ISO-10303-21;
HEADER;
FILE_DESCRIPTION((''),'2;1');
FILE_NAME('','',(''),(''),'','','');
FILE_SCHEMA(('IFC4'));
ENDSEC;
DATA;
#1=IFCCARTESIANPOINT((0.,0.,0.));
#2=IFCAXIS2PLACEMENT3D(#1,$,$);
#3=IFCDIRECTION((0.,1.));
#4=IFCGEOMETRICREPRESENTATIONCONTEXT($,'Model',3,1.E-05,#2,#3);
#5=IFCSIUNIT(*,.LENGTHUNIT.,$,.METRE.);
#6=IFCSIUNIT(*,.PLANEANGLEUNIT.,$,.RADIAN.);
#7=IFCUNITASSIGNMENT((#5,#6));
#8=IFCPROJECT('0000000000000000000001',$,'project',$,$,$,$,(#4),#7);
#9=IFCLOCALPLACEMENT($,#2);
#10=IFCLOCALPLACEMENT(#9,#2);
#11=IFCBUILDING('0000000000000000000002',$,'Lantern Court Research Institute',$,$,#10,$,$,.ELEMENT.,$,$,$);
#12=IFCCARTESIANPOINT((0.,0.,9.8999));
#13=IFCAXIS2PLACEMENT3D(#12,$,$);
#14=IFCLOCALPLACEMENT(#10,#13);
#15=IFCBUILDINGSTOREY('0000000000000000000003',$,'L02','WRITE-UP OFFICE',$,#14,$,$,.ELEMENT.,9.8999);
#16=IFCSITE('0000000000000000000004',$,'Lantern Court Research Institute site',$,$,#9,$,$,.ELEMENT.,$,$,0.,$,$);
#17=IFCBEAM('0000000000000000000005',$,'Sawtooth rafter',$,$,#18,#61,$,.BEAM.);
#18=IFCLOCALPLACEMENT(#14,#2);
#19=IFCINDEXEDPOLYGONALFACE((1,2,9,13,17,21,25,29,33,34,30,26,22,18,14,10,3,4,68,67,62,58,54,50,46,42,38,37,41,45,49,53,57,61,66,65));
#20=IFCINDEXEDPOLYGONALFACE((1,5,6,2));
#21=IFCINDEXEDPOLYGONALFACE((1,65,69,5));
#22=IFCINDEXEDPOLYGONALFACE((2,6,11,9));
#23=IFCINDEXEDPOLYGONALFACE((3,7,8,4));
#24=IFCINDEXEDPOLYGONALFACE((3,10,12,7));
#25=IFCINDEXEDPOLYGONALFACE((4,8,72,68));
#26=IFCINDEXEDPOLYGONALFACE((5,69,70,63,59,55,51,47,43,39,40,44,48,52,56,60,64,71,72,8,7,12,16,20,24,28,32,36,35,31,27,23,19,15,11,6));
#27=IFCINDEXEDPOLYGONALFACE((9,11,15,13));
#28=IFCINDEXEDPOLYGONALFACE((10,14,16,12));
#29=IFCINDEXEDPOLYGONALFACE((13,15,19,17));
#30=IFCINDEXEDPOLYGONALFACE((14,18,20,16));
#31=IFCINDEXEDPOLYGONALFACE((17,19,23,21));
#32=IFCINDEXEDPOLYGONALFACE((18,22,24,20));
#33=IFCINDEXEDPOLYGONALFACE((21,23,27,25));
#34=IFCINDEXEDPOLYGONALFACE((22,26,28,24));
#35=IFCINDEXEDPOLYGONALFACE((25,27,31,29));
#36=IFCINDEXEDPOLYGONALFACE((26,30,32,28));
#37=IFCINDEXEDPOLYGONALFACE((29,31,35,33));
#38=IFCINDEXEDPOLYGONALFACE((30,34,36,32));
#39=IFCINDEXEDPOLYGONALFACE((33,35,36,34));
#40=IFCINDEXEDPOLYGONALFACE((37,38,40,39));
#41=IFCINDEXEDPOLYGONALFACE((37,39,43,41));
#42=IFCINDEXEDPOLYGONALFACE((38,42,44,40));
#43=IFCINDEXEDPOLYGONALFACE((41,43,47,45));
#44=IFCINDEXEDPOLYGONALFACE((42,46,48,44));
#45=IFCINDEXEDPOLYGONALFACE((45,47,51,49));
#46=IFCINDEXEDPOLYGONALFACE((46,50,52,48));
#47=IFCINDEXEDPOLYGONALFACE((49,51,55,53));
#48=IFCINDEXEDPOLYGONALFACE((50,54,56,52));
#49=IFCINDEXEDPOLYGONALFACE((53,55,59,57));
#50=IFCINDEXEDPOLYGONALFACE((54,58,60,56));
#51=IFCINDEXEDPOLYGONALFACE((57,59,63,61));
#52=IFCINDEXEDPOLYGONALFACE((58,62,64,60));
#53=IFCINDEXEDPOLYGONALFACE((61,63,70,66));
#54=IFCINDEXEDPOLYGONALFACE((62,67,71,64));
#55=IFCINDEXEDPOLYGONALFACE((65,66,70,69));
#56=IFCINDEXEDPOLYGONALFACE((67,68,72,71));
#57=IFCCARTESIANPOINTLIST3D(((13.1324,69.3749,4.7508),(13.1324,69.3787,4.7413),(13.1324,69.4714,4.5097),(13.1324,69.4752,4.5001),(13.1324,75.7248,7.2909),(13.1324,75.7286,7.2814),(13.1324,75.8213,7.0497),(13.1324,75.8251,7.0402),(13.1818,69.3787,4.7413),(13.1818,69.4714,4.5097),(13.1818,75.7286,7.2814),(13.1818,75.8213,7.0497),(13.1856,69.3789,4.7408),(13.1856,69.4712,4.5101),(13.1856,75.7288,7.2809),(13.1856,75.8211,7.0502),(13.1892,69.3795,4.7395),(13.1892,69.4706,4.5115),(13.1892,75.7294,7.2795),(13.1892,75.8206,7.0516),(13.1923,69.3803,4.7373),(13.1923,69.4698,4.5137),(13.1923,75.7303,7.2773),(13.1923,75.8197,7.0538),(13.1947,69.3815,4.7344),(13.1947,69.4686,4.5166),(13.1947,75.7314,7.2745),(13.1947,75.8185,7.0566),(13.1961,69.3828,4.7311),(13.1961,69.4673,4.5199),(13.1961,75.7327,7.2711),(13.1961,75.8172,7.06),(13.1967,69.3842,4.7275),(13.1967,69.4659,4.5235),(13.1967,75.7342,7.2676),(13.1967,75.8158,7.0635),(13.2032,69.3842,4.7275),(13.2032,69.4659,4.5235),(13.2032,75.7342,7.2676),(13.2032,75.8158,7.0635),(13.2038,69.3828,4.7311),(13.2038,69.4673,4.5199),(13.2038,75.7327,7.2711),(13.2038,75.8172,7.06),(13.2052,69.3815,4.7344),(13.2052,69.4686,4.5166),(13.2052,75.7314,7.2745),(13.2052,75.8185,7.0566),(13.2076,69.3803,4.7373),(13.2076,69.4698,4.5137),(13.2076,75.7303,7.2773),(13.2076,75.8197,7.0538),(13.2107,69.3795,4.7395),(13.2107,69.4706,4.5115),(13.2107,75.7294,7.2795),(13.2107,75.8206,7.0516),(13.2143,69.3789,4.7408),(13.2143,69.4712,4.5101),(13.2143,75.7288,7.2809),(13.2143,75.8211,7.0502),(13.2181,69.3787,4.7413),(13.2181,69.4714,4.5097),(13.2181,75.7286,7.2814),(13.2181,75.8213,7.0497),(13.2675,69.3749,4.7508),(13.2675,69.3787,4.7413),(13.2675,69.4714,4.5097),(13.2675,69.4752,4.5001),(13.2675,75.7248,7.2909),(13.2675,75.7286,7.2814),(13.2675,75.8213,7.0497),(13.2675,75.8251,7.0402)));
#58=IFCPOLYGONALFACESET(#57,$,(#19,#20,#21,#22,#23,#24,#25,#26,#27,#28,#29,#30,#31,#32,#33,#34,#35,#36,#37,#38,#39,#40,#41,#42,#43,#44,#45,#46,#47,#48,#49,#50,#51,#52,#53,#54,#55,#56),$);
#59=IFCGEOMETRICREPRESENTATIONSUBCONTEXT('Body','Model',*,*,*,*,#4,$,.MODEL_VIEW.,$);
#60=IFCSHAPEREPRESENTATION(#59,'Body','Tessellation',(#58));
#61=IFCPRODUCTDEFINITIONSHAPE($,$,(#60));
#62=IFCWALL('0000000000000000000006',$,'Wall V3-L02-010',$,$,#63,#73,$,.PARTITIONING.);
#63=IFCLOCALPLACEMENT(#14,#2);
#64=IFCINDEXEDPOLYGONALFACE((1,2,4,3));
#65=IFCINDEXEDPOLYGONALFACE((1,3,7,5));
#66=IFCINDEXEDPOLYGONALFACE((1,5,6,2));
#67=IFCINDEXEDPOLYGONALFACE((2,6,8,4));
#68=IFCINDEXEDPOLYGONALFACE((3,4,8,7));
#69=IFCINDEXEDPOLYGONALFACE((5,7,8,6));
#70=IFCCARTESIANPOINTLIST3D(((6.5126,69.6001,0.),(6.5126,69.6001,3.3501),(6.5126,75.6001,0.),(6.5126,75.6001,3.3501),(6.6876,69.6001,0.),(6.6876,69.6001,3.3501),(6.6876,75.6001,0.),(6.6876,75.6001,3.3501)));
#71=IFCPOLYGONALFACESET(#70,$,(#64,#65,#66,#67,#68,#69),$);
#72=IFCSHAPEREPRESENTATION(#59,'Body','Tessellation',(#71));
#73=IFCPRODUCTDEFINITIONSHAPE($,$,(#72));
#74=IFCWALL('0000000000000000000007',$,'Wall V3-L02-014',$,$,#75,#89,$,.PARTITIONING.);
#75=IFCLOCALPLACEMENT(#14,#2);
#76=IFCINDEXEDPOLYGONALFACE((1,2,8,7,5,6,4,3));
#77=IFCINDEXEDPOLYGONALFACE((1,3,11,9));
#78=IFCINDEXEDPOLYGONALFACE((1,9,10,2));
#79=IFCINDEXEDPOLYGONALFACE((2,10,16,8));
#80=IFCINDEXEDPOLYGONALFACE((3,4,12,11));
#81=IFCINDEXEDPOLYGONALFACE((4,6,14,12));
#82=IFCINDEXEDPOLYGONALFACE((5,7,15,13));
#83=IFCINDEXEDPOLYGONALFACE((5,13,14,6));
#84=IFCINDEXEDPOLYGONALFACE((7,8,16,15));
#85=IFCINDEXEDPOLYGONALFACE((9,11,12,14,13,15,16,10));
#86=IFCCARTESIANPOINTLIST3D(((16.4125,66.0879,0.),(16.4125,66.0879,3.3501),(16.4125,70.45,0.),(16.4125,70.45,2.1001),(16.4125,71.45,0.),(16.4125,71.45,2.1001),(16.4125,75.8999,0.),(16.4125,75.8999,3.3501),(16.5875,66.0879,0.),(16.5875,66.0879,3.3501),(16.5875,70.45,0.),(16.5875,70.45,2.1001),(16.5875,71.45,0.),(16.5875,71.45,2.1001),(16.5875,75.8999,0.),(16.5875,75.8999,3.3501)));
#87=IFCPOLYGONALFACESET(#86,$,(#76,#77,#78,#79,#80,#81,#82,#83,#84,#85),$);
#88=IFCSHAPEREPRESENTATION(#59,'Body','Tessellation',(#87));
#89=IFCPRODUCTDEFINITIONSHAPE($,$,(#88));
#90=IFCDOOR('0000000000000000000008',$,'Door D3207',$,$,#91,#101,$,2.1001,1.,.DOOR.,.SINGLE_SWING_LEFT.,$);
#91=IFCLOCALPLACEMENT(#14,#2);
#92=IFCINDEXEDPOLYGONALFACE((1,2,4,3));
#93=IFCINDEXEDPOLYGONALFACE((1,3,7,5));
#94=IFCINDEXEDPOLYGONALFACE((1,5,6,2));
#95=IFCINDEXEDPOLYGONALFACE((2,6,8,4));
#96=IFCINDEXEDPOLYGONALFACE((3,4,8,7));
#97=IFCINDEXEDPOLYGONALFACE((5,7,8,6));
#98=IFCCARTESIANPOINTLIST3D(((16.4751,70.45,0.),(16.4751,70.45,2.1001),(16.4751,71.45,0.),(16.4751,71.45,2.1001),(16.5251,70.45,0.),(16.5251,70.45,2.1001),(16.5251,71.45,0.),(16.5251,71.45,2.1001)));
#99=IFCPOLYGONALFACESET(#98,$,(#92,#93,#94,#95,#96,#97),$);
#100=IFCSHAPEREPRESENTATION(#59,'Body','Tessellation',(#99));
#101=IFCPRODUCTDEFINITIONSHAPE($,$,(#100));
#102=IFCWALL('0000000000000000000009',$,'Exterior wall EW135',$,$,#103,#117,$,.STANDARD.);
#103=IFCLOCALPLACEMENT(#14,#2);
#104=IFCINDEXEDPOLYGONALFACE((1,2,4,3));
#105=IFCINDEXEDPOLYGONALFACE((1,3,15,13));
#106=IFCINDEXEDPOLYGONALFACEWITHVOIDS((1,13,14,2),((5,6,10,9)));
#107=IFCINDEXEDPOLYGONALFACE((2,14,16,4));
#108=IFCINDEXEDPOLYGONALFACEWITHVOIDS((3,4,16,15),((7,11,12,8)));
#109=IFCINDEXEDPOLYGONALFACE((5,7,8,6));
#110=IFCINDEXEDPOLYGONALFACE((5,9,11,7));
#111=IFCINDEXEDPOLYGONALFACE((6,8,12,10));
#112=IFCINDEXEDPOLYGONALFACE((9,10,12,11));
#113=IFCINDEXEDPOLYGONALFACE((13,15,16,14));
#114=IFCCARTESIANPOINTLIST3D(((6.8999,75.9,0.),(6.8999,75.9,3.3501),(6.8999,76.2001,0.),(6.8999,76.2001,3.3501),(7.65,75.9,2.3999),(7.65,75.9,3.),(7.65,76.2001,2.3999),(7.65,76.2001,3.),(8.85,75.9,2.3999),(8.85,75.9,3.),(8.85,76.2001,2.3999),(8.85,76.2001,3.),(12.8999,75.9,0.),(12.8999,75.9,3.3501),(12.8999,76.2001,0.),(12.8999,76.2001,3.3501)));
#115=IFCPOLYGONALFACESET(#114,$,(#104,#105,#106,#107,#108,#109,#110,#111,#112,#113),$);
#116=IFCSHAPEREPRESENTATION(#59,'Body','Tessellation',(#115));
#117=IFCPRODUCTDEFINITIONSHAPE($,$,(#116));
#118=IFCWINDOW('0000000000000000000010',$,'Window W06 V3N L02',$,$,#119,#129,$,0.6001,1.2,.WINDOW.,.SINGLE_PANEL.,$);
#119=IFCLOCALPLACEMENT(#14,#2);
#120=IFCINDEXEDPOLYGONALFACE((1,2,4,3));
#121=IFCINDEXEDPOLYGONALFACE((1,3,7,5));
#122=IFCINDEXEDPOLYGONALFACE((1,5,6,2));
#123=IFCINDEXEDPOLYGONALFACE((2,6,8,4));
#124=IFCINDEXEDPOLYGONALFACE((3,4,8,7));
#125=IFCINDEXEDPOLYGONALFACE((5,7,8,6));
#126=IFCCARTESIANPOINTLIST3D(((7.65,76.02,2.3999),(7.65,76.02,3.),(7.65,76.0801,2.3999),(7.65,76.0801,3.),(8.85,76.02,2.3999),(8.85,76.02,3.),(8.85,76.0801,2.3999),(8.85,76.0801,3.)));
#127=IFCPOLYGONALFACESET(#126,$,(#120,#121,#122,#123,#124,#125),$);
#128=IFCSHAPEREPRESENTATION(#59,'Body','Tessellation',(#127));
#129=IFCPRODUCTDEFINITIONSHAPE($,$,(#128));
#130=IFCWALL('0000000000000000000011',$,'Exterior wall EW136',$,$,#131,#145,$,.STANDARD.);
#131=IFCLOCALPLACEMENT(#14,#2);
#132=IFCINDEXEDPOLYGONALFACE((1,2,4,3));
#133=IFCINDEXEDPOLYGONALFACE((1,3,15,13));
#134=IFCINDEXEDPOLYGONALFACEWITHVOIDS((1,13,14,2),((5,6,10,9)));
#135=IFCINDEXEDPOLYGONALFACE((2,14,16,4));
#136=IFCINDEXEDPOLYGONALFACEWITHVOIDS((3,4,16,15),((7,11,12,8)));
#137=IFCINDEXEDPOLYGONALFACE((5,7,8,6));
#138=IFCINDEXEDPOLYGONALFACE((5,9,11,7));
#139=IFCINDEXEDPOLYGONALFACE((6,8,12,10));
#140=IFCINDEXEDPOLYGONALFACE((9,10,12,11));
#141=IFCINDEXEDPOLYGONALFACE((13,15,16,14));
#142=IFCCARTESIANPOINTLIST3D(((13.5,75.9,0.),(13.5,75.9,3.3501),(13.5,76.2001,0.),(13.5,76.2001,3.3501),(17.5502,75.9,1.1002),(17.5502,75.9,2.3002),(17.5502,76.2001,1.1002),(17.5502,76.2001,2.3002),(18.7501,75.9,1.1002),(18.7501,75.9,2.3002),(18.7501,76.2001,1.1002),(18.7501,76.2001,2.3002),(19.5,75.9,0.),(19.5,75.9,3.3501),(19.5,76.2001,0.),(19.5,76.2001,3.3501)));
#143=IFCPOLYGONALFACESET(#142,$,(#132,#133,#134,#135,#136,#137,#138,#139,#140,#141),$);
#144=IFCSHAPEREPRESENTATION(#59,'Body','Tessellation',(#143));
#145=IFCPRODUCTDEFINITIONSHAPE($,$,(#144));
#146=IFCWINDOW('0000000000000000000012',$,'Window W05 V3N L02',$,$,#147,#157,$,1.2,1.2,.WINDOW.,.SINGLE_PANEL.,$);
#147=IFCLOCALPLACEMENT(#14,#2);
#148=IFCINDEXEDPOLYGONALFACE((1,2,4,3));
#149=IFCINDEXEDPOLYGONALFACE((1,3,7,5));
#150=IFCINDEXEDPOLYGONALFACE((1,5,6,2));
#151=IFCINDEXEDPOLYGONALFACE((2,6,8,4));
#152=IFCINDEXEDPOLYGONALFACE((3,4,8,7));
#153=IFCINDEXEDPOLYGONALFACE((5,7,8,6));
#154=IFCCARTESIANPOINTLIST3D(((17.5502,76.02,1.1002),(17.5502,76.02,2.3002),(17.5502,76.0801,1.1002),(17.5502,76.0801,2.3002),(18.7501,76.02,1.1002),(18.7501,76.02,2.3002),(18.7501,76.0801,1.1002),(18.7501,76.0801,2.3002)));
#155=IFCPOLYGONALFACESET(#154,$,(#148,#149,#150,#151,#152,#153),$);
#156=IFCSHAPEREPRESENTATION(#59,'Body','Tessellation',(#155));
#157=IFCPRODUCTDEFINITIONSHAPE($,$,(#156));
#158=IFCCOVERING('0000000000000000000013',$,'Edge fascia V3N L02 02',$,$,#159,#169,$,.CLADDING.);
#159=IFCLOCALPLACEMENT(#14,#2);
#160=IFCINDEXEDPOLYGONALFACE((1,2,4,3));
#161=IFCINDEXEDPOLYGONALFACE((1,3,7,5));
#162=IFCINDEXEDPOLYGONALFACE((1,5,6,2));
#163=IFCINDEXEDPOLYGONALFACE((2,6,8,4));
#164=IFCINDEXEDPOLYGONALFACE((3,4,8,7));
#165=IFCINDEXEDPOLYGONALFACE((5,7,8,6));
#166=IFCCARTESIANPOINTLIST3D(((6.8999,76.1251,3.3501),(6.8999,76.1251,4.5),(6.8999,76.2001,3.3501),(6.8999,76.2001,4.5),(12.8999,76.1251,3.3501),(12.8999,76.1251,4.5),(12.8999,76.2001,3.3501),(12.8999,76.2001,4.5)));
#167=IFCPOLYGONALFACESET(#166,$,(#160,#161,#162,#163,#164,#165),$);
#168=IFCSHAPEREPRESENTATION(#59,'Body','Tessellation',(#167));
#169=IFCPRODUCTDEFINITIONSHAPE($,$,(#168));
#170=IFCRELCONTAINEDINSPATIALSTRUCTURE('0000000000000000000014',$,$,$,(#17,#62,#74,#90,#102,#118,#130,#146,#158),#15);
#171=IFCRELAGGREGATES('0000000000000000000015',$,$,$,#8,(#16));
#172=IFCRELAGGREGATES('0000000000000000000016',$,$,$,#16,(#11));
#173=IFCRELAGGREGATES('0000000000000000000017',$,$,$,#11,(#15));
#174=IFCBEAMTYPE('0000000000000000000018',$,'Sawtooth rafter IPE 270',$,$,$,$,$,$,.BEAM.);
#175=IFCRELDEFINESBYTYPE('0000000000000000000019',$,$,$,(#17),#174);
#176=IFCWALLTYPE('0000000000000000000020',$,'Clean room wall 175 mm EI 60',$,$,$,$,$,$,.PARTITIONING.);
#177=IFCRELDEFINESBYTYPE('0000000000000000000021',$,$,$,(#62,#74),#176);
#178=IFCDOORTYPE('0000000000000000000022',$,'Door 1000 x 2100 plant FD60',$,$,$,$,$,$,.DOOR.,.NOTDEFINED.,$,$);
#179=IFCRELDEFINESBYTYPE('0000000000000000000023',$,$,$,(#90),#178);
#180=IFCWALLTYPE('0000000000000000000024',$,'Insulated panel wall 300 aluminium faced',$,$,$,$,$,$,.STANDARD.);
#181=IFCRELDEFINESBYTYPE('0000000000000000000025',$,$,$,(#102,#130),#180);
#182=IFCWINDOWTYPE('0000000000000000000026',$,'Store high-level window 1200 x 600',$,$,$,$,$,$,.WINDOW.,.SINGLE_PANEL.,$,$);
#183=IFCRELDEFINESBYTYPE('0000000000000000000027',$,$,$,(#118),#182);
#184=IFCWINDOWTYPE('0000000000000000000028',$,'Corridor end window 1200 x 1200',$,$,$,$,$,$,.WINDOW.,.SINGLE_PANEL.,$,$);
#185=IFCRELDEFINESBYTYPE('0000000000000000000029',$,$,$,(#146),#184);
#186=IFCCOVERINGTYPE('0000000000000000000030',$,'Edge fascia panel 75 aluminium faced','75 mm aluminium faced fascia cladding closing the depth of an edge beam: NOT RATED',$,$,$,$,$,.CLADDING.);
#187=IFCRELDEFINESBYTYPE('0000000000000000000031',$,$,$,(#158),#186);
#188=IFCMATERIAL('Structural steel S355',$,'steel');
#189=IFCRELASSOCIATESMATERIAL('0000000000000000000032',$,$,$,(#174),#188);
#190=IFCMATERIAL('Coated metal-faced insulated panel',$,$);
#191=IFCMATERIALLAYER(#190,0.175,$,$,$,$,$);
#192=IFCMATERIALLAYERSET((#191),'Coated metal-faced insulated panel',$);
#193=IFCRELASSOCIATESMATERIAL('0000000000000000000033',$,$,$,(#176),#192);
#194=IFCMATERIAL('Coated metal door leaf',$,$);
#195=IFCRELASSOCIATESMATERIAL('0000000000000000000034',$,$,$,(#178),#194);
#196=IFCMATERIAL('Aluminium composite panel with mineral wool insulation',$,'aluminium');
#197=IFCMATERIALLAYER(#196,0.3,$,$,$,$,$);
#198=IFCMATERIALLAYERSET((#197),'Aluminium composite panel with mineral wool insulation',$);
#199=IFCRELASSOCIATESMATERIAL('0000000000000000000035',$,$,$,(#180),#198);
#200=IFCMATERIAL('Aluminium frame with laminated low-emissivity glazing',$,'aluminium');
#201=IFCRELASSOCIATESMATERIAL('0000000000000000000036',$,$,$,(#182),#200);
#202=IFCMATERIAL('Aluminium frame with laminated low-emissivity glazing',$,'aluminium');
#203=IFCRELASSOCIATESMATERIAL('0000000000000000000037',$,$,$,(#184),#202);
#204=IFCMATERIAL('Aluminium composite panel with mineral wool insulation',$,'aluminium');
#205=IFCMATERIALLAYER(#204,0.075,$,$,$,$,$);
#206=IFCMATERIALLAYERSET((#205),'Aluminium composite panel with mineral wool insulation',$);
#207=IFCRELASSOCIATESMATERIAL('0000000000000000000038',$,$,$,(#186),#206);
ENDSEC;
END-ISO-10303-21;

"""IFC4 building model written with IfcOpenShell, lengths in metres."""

from ifc_helpers import new_model, si_unit, direction, frame, frame_2d, origin, origin_2d, place, context, subcontext, project, spatial, rectangle, i_section, extrude, material, layer, layer_set, material_profile, profile_set, type_object, element, fill, save


model = new_model("IFC4")

# Units and contexts
model_context = context("Model", 3, precision=1e-05, world=origin(), true_north=direction((0.0, 1.0)))
body_context = subcontext(model_context, "Body", "Model", "MODEL_VIEW")
ifc_project = project(units=[si_unit("LENGTHUNIT", "METRE"), si_unit("PLANEANGLEUNIT", "RADIAN")], contexts=[model_context])

# Site, building, storey
site_placement = place(None, origin())
site = spatial("IfcSite", under=ifc_project, at=site_placement, Name="Lantern Court Research Institute site", CompositionType="ELEMENT", RefElevation=0.0)
building_placement = place(site_placement, origin())
building = spatial("IfcBuilding", under=site, at=building_placement, Name="Lantern Court Research Institute", CompositionType="ELEMENT")
storey_placement = place(building_placement, frame((0.0, 0.0, 9.8999)))
storey = spatial("IfcBuildingStorey", under=building, at=storey_placement, Name="L02", Description="WRITE-UP OFFICE", CompositionType="ELEMENT", Elevation=9.8999)

# Beam
ifc_material_1 = material(Name="Structural steel S355", Category="steel")
ifc_material_profile_1 = material_profile(ifc_material_1, i_section(OverallWidth=0.135, OverallDepth=0.27, WebThickness=0.0066, FlangeThickness=0.0103, FilletRadius=0.0149, at=origin_2d()), Name="IPE 270")
ifc_profile_set_1 = profile_set([ifc_material_profile_1], Name="Structural steel S355")
beam_type_1 = type_object("IfcBeamType", Name="Sawtooth rafter IPE 270", PredefinedType="BEAM", material=ifc_profile_set_1)
for number, where, z_axis, x_axis, name in (
    (1, (13.2, 69.425, 4.6255), (0.0, 0.928472, 0.371403), (-1.0, 0.0, 0.0), "Sawtooth rafter"),
):
    element("IfcBeam", number, at=place(storey_placement, frame(where, z_axis=z_axis, x_axis=x_axis)), inside=storey, type_object=beam_type_1, Name=name, PredefinedType="BEAM", context=body_context, shape_type="SweptSolid", body=[
        extrude(i_section(OverallWidth=0.135, OverallDepth=0.27, WebThickness=0.0066, FlangeThickness=0.0103, FilletRadius=0.0149, at=origin_2d()), origin(), (0.0, 0.0, 1.0), 6.8391),
    ])

# Wall
ifc_material_2 = material(Name="Coated metal-faced insulated panel")
ifc_layer_1 = layer(ifc_material_2, 0.175)
ifc_layer_set_1 = layer_set([ifc_layer_1], Name="Coated metal-faced insulated panel")
wall_type_1 = type_object("IfcWallType", Name="Clean room wall 175 mm EI 60", PredefinedType="PARTITIONING", material=ifc_layer_set_1)
wall_1_placement = place(storey_placement, frame((6.6001, 69.6001, 0.0), z_axis=(0.0, 0.0, 1.0), x_axis=(0.0, 1.0, 0.0)))
element("IfcWall", 2, at=wall_1_placement, inside=storey, type_object=wall_type_1, Name="Wall V3-L02-010", PredefinedType="PARTITIONING", context=body_context, shape_type="SweptSolid", body=[
    extrude(rectangle(XDim=6.0, YDim=0.175, at=frame_2d((3.0, 0.0))), origin(), (0.0, 0.0, 1.0), 3.3501),
])

# Wall, opening, door
wall_2_placement = place(storey_placement, frame((16.5, 66.0879, 0.0), z_axis=(0.0, 0.0, 1.0), x_axis=(0.0, 1.0, 0.0)))
wall_2 = element("IfcWall", 3, at=wall_2_placement, inside=storey, type_object=wall_type_1, Name="Wall V3-L02-014", PredefinedType="PARTITIONING", context=body_context, shape_type="SweptSolid", body=[
    extrude(rectangle(XDim=9.812, YDim=0.175, at=frame_2d((4.906, 0.0))), origin(), (0.0, 0.0, 1.0), 3.3501),
])
opening_1_placement = place(wall_2_placement, frame((4.3621, 0.0, 0.0)))
opening_1 = element("IfcOpeningElement", 4, at=opening_1_placement, cuts=wall_2, PredefinedType="OPENING", context=body_context, shape_type="SweptSolid", body=[
    extrude(rectangle(XDim=1.0, YDim=2.1001, at=frame_2d((0.5, 1.05))), frame((0.0, 0.0974, 0.0), z_axis=(0.0, -1.0, 0.0), x_axis=(1.0, 0.0, 0.0)), (0.0, 0.0, 1.0), 0.1951),
])
ifc_material_3 = material(Name="Coated metal door leaf")
door_type = type_object("IfcDoorType", Name="Door 1000 x 2100 plant FD60", OperationType="NOTDEFINED", PredefinedType="DOOR", material=ifc_material_3)
door_placement = place(opening_1_placement, origin())
door = element("IfcDoor", 5, at=door_placement, inside=storey, type_object=door_type, Name="Door D3207", OperationType="SINGLE_SWING_LEFT", OverallHeight=2.1001, OverallWidth=1.0, PredefinedType="DOOR", context=body_context, shape_type="SweptSolid", body=[
    extrude(rectangle(XDim=1.0, YDim=2.1001, at=frame_2d((0.5, 1.05))), frame((0.0, 0.0249, 0.0), z_axis=(0.0, -1.0, 0.0), x_axis=(1.0, 0.0, 0.0)), (0.0, 0.0, 1.0), 0.05),
])
fill(opening_1, door)

# Walls, openings, windows
ifc_material_4 = material(Name="Aluminium composite panel with mineral wool insulation", Category="aluminium")
ifc_layer_2 = layer(ifc_material_4, 0.3)
ifc_layer_set_2 = layer_set([ifc_layer_2], Name="Aluminium composite panel with mineral wool insulation")
wall_type_2 = type_object("IfcWallType", Name="Insulated panel wall 300 aluminium faced", PredefinedType="STANDARD", material=ifc_layer_set_2)
wall_3_placement = place(storey_placement, frame((6.8999, 76.05, 0.0), z_axis=(0.0, 0.0, 1.0), x_axis=(1.0, 0.0, 0.0)))
wall_3 = element("IfcWall", 6, at=wall_3_placement, inside=storey, type_object=wall_type_2, Name="Exterior wall EW135", PredefinedType="STANDARD", context=body_context, shape_type="SweptSolid", body=[
    extrude(rectangle(XDim=6.0, YDim=0.3, at=frame_2d((3.0, 0.0))), origin(), (0.0, 0.0, 1.0), 3.3501),
])
opening_2_placement = place(wall_3_placement, frame((0.75, 0.0, 2.3999)))
opening_2 = element("IfcOpeningElement", 7, at=opening_2_placement, cuts=wall_3, PredefinedType="OPENING", context=body_context, shape_type="SweptSolid", body=[
    extrude(rectangle(XDim=1.2, YDim=0.6001, at=frame_2d((0.6001, 0.3))), frame((0.0, 0.1599, 0.0), z_axis=(0.0, -1.0, 0.0), x_axis=(1.0, 0.0, 0.0)), (0.0, 0.0, 1.0), 0.3201),
])
ifc_material_5 = material(Name="Aluminium frame with laminated low-emissivity glazing", Category="aluminium")
window_type_1 = type_object("IfcWindowType", Name="Store high-level window 1200 x 600", PartitioningType="SINGLE_PANEL", PredefinedType="WINDOW", material=ifc_material_5)
window_1_placement = place(opening_2_placement, origin())
window_1 = element("IfcWindow", 8, at=window_1_placement, inside=storey, type_object=window_type_1, Name="Window W06 V3N L02", OverallHeight=0.6001, OverallWidth=1.2, PartitioningType="SINGLE_PANEL", PredefinedType="WINDOW", context=body_context, shape_type="SweptSolid", body=[
    extrude(rectangle(XDim=1.2, YDim=0.6001, at=frame_2d((0.6001, 0.3))), frame((0.0, 0.03, 0.0), z_axis=(0.0, -1.0, 0.0), x_axis=(1.0, 0.0, 0.0)), (0.0, 0.0, 1.0), 0.0601),
])
fill(opening_2, window_1)
wall_4_placement = place(storey_placement, frame((13.5, 76.05, 0.0), z_axis=(0.0, 0.0, 1.0), x_axis=(1.0, 0.0, 0.0)))
wall_4 = element("IfcWall", 9, at=wall_4_placement, inside=storey, type_object=wall_type_2, Name="Exterior wall EW136", PredefinedType="STANDARD", context=body_context, shape_type="SweptSolid", body=[
    extrude(rectangle(XDim=6.0, YDim=0.3, at=frame_2d((3.0, 0.0))), origin(), (0.0, 0.0, 1.0), 3.3501),
])
opening_3_placement = place(wall_4_placement, frame((4.05, 0.0, 1.1001)))
opening_3 = element("IfcOpeningElement", 10, at=opening_3_placement, cuts=wall_4, PredefinedType="OPENING", context=body_context, shape_type="SweptSolid", body=[
    extrude(rectangle(XDim=1.2, YDim=1.2, at=frame_2d((0.6001, 0.6001))), frame((0.0, 0.1599, 0.0), z_axis=(0.0, -1.0, 0.0), x_axis=(1.0, 0.0, 0.0)), (0.0, 0.0, 1.0), 0.3201),
])
ifc_material_6 = material(Name="Aluminium frame with laminated low-emissivity glazing", Category="aluminium")
window_type_2 = type_object("IfcWindowType", Name="Corridor end window 1200 x 1200", PartitioningType="SINGLE_PANEL", PredefinedType="WINDOW", material=ifc_material_6)
window_2_placement = place(opening_3_placement, origin())
window_2 = element("IfcWindow", 11, at=window_2_placement, inside=storey, type_object=window_type_2, Name="Window W05 V3N L02", OverallHeight=1.2, OverallWidth=1.2, PartitioningType="SINGLE_PANEL", PredefinedType="WINDOW", context=body_context, shape_type="SweptSolid", body=[
    extrude(rectangle(XDim=1.2, YDim=1.2, at=frame_2d((0.6001, 0.6001))), frame((0.0, 0.03, 0.0), z_axis=(0.0, -1.0, 0.0), x_axis=(1.0, 0.0, 0.0)), (0.0, 0.0, 1.0), 0.0601),
])
fill(opening_3, window_2)

# Covering
ifc_material_7 = material(Name="Aluminium composite panel with mineral wool insulation", Category="aluminium")
ifc_layer_3 = layer(ifc_material_7, 0.075)
ifc_layer_set_3 = layer_set([ifc_layer_3], Name="Aluminium composite panel with mineral wool insulation")
covering_type_1 = type_object("IfcCoveringType", Name="Edge fascia panel 75 aluminium faced", Description="75 mm aluminium faced fascia cladding closing the depth of an edge beam: NOT RATED", PredefinedType="CLADDING", material=ifc_layer_set_3)
for number, where, z_axis, x_axis, name in (
    (12, (6.8999, 76.1626, 3.3501), (0.0, 0.0, 1.0), (1.0, 0.0, 0.0), "Edge fascia V3N L02 02"),
):
    element("IfcCovering", number, at=place(storey_placement, frame(where, z_axis=z_axis, x_axis=x_axis)), inside=storey, type_object=covering_type_1, Name=name, PredefinedType="CLADDING", context=body_context, shape_type="SweptSolid", body=[
        extrude(rectangle(XDim=6.0, YDim=0.075, at=frame_2d((3.0, 0.0))), origin(), (0.0, 0.0, 1.0), 1.1499),
    ])

save(model, "model.ifc")
